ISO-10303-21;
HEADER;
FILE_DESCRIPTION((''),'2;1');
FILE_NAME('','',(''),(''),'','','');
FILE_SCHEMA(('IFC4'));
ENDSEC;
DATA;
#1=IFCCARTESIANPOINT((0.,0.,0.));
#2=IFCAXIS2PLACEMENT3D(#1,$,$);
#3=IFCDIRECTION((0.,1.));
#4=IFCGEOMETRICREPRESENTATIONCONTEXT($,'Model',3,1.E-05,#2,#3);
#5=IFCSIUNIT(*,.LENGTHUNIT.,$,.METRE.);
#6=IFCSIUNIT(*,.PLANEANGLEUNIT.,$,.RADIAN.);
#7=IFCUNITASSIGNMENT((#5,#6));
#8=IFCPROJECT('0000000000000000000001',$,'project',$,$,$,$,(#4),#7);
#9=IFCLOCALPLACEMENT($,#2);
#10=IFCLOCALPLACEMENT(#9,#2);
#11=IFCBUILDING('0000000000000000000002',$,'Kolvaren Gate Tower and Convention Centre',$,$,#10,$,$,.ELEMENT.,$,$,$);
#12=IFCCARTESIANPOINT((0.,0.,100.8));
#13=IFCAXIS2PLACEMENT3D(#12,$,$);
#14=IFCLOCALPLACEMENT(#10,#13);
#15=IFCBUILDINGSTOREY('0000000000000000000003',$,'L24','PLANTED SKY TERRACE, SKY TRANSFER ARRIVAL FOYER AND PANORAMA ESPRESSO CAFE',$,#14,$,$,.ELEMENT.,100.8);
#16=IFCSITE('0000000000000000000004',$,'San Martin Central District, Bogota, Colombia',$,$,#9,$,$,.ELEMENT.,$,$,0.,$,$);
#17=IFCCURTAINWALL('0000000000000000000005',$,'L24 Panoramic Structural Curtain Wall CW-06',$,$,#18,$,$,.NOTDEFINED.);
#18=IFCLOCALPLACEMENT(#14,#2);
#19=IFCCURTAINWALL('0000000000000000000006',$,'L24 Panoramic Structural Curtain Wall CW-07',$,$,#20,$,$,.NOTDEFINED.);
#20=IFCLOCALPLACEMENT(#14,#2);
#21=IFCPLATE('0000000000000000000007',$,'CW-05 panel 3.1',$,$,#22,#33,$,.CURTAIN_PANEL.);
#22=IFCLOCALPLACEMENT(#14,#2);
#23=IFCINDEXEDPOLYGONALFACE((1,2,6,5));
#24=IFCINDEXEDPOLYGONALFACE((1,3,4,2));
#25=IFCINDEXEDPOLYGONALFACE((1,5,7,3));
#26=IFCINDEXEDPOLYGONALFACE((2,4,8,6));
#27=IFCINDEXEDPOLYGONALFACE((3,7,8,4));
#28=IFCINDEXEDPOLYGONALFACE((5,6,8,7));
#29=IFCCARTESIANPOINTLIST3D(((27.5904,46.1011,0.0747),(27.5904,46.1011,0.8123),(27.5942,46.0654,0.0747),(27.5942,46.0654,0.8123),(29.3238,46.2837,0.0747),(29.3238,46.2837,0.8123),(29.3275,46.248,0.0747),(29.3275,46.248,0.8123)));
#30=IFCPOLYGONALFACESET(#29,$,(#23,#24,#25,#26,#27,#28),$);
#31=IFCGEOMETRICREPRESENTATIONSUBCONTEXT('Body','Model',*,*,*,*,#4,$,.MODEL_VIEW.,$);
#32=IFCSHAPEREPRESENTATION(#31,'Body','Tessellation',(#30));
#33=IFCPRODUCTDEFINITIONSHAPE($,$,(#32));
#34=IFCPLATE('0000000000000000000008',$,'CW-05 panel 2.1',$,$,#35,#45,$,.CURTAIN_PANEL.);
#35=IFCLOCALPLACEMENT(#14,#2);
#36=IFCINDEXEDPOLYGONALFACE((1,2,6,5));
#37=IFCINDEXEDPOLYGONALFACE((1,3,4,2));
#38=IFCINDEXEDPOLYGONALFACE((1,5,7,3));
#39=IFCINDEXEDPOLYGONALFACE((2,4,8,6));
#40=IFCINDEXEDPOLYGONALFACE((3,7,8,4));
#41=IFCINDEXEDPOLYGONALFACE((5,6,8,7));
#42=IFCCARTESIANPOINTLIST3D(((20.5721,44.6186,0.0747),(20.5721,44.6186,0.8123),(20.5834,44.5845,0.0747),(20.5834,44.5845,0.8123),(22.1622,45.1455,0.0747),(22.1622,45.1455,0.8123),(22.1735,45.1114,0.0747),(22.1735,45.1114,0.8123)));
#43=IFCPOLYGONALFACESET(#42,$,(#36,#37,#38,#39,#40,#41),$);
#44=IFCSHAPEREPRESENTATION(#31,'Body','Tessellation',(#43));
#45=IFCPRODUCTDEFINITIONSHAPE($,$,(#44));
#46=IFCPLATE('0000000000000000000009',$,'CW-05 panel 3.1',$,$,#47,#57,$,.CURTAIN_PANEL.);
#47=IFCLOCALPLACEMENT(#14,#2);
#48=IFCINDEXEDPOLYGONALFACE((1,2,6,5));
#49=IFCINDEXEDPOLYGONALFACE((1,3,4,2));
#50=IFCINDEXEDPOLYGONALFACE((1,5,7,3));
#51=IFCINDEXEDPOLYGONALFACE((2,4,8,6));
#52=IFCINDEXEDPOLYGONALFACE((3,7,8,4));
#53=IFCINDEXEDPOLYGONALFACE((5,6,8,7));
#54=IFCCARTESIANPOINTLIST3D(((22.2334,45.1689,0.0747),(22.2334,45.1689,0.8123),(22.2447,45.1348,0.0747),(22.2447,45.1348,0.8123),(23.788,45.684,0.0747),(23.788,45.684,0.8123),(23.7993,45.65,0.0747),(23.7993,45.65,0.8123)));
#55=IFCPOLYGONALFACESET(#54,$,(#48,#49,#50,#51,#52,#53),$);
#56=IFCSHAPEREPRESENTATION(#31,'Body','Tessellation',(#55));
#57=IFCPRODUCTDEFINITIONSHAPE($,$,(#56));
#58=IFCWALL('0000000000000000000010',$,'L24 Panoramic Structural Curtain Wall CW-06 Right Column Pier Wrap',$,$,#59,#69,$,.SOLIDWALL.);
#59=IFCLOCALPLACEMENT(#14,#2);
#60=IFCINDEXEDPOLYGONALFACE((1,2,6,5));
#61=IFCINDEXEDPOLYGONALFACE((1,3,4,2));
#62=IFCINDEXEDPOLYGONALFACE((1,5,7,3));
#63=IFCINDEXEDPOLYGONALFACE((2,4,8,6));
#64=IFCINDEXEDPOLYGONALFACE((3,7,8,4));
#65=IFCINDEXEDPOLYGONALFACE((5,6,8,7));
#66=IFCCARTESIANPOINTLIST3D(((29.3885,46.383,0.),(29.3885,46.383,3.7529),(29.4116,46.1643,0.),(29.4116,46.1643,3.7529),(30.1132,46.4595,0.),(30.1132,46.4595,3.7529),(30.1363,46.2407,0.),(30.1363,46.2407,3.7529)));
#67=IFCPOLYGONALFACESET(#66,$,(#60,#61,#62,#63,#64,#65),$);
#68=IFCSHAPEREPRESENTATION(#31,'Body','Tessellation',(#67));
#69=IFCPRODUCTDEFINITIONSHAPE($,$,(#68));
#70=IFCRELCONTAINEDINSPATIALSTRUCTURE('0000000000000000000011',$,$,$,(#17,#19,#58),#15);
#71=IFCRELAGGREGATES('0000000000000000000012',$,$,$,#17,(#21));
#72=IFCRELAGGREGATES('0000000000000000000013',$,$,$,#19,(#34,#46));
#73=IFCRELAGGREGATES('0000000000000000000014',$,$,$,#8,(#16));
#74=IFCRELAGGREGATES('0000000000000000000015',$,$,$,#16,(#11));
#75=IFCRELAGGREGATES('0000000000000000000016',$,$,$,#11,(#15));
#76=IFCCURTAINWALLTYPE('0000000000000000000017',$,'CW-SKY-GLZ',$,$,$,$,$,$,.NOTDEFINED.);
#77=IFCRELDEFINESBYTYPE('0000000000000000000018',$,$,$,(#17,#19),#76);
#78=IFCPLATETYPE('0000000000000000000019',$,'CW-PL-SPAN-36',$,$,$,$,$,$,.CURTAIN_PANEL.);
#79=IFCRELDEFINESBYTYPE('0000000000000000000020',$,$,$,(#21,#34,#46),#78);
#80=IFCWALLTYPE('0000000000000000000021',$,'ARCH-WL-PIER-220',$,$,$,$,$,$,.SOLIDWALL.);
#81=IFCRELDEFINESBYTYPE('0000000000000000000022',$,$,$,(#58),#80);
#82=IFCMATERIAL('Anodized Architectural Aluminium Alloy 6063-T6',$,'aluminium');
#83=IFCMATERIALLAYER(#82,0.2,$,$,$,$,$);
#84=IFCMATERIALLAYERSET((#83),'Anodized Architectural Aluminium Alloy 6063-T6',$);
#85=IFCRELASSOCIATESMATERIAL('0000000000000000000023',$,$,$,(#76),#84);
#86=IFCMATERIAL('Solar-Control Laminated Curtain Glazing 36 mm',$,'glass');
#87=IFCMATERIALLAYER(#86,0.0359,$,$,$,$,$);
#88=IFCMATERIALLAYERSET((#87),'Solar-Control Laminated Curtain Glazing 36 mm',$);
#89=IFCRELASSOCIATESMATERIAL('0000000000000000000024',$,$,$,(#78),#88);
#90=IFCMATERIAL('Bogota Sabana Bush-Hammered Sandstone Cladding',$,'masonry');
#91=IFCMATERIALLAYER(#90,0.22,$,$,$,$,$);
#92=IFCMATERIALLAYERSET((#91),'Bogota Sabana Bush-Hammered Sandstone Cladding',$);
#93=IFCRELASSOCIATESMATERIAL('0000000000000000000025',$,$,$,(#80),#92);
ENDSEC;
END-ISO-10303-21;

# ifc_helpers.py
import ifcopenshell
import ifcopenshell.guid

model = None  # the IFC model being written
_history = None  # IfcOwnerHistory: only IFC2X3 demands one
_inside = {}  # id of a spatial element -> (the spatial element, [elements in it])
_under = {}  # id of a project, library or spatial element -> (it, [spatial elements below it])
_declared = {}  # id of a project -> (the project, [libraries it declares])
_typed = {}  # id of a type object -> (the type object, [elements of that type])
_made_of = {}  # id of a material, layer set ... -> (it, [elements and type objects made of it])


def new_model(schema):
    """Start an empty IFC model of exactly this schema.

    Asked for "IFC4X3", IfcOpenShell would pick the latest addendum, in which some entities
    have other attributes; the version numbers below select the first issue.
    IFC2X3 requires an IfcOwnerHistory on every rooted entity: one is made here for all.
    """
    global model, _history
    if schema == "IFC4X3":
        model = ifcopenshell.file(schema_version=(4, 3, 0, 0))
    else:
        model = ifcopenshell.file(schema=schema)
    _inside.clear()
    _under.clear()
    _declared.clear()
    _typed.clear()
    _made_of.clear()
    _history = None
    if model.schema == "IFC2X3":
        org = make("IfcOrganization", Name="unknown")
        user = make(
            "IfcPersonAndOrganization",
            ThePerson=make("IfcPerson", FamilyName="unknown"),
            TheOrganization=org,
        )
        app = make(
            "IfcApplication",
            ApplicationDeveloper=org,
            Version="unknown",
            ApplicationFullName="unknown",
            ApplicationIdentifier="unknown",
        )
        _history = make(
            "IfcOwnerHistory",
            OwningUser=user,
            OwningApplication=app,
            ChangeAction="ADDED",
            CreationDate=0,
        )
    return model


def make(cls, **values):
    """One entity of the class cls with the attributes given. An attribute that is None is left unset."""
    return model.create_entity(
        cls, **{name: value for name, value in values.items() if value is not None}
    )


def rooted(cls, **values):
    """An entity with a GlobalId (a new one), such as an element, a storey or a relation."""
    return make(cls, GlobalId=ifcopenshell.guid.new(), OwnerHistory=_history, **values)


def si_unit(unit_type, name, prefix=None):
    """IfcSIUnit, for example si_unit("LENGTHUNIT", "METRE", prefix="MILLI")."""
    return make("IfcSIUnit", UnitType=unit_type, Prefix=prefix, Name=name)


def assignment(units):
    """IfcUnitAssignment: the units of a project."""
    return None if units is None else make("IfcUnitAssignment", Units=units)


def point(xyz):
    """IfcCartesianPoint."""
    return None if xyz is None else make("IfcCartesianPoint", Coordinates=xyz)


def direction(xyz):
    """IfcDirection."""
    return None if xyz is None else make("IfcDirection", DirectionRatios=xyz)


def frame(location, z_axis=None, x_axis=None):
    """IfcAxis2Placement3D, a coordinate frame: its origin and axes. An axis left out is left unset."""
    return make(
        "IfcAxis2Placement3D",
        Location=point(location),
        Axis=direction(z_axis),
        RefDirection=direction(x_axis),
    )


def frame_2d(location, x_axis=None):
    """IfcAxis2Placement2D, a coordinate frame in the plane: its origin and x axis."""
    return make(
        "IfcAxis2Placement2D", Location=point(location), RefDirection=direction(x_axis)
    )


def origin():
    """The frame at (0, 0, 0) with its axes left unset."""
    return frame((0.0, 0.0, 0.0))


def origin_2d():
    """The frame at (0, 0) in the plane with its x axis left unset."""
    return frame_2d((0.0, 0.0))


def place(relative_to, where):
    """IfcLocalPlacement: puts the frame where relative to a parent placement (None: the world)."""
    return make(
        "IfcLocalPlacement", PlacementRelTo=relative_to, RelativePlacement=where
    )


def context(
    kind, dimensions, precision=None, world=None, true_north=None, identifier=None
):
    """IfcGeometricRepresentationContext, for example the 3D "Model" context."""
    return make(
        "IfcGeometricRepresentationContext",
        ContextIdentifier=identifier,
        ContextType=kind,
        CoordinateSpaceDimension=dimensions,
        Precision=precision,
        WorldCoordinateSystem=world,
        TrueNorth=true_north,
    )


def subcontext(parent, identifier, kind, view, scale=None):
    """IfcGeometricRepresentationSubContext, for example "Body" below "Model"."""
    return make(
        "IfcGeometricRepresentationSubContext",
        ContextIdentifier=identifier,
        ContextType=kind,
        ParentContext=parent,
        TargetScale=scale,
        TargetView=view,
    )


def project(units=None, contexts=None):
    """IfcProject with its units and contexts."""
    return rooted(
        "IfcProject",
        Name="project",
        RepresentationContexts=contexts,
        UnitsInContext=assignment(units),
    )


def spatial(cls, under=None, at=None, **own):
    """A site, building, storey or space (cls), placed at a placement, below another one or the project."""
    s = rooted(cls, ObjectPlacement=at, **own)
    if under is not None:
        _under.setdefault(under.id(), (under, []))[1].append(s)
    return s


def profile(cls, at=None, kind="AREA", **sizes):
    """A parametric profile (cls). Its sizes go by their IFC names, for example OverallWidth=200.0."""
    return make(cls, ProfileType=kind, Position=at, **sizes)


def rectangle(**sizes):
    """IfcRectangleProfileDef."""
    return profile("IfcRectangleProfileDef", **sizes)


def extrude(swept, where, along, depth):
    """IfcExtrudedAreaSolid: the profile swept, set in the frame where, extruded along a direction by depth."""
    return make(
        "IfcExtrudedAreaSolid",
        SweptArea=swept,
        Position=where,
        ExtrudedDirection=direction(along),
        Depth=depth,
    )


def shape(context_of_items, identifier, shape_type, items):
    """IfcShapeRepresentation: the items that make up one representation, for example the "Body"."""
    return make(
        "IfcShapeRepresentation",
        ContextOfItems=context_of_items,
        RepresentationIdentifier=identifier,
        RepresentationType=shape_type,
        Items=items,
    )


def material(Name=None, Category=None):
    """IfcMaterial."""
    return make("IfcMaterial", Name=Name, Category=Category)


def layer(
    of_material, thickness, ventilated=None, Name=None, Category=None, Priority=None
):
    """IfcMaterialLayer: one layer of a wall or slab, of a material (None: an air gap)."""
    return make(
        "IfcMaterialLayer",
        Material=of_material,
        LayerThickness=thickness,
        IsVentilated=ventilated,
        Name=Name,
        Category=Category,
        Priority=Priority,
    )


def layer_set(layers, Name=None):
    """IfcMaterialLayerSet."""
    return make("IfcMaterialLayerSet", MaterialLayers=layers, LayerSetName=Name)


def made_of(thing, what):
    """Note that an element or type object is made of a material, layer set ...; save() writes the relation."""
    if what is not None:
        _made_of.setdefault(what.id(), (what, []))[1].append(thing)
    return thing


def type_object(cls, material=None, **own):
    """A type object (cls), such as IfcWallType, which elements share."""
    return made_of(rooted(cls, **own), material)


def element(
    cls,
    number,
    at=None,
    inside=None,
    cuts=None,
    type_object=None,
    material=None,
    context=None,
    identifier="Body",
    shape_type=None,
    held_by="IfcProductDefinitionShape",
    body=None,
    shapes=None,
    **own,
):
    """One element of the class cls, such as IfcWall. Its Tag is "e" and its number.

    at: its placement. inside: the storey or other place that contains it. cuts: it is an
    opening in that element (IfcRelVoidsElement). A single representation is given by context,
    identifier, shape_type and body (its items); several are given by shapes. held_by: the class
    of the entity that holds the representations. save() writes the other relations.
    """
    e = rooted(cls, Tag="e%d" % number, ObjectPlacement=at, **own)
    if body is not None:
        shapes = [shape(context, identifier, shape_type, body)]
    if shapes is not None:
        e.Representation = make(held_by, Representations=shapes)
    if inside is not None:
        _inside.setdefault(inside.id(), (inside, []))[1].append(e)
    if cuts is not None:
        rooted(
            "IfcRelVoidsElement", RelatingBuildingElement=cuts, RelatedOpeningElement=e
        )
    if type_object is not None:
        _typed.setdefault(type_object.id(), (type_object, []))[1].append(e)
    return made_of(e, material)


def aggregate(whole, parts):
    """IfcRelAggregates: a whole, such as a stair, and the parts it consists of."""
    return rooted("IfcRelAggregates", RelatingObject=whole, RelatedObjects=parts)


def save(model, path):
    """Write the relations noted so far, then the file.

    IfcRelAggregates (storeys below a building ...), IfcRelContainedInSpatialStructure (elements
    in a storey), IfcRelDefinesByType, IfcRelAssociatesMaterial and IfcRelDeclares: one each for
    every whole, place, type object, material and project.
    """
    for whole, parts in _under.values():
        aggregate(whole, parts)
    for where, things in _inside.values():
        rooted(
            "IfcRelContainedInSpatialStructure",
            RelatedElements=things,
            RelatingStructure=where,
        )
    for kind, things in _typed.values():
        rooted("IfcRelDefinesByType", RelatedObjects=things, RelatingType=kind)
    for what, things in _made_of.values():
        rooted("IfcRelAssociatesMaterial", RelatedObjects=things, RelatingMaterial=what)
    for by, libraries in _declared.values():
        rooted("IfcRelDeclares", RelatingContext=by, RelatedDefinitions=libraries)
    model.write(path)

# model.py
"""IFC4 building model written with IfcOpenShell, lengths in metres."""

from ifc_helpers import new_model, si_unit, direction, frame, frame_2d, origin, origin_2d, place, context, subcontext, project, spatial, rectangle, extrude, material, layer, layer_set, type_object, element, aggregate, save


model = new_model("IFC4")

# Units and contexts
model_context = context("Model", 3, precision=1e-05, world=origin(), true_north=direction((0.0, 1.0)))
body_context = subcontext(model_context, "Body", "Model", "MODEL_VIEW")
ifc_project = project(units=[si_unit("LENGTHUNIT", "METRE"), si_unit("PLANEANGLEUNIT", "RADIAN")], contexts=[model_context])

# Site, building, storey
site_placement = place(None, origin())
site = spatial("IfcSite", under=ifc_project, at=site_placement, Name="San Martin Central District, Bogota, Colombia", CompositionType="ELEMENT", RefElevation=0.0)
building_placement = place(site_placement, origin())
building = spatial("IfcBuilding", under=site, at=building_placement, Name="Kolvaren Gate Tower and Convention Centre", CompositionType="ELEMENT")
storey_placement = place(building_placement, frame((0.0, 0.0, 100.8)))
storey = spatial("IfcBuildingStorey", under=building, at=storey_placement, Name="L24", Description="PLANTED SKY TERRACE, SKY TRANSFER ARRIVAL FOYER AND PANORAMA ESPRESSO CAFE", CompositionType="ELEMENT", Elevation=100.8)

# Curtain walls
ifc_material_1 = material(Name="Anodized Architectural Aluminium Alloy 6063-T6", Category="aluminium")
ifc_layer_1 = layer(ifc_material_1, 0.2)
ifc_layer_set_1 = layer_set([ifc_layer_1], Name="Anodized Architectural Aluminium Alloy 6063-T6")
curtain_wall_type = type_object("IfcCurtainWallType", Name="CW-SKY-GLZ", PredefinedType="NOTDEFINED", material=ifc_layer_set_1)
curtain_wall_1_placement = place(storey_placement, origin())
curtain_wall_1 = element("IfcCurtainWall", 1, at=curtain_wall_1_placement, inside=storey, type_object=curtain_wall_type, Name="L24 Panoramic Structural Curtain Wall CW-06", PredefinedType="NOTDEFINED")
curtain_wall_2_placement = place(storey_placement, origin())
curtain_wall_2 = element("IfcCurtainWall", 2, at=curtain_wall_2_placement, inside=storey, type_object=curtain_wall_type, Name="L24 Panoramic Structural Curtain Wall CW-07", PredefinedType="NOTDEFINED")

# Plates
ifc_material_2 = material(Name="Solar-Control Laminated Curtain Glazing 36 mm", Category="glass")
ifc_layer_2 = layer(ifc_material_2, 0.0359)
ifc_layer_set_2 = layer_set([ifc_layer_2], Name="Solar-Control Laminated Curtain Glazing 36 mm")
plate_type_1 = type_object("IfcPlateType", Name="CW-PL-SPAN-36", PredefinedType="CURTAIN_PANEL", material=ifc_layer_set_2)
plate_1_placement = place(storey_placement, frame((28.459, 46.1746, 0.0747), z_axis=(0.0, 0.0, 1.0), x_axis=(0.994499, 0.104743, 0.0)))
plate_1 = element("IfcPlate", 3, at=plate_1_placement, type_object=plate_type_1, Name="CW-05 panel 3.1", PredefinedType="CURTAIN_PANEL", context=body_context, shape_type="SweptSolid", body=[
    extrude(rectangle(XDim=1.7429, YDim=0.0359, at=origin_2d()), origin(), (0.0, 0.0, 1.0), 0.7375),
])
aggregate(curtain_wall_1, [plate_1])
plate_2_placement = place(storey_placement, frame((21.3728, 44.865, 0.0747), z_axis=(0.0, 0.0, 1.0), x_axis=(0.949236, 0.314565, 0.0)))
plate_2 = element("IfcPlate", 4, at=plate_2_placement, type_object=plate_type_1, Name="CW-05 panel 2.1", PredefinedType="CURTAIN_PANEL", context=body_context, shape_type="SweptSolid", body=[
    extrude(rectangle(XDim=1.675, YDim=0.0359, at=origin_2d()), origin(), (0.0, 0.0, 1.0), 0.7375),
])
plate_3_placement = place(storey_placement, frame((23.0164, 45.4094, 0.0747), z_axis=(0.0, 0.0, 1.0), x_axis=(0.949236, 0.314565, 0.0)))
plate_3 = element("IfcPlate", 5, at=plate_3_placement, type_object=plate_type_1, Name="CW-05 panel 3.1", PredefinedType="CURTAIN_PANEL", context=body_context, shape_type="SweptSolid", body=[
    extrude(rectangle(XDim=1.6377, YDim=0.0359, at=origin_2d()), origin(), (0.0, 0.0, 1.0), 0.7375),
])
aggregate(curtain_wall_2, [plate_2, plate_3])

# Wall
ifc_material_3 = material(Name="Bogota Sabana Bush-Hammered Sandstone Cladding", Category="masonry")
ifc_layer_3 = layer(ifc_material_3, 0.22)
ifc_layer_set_3 = layer_set([ifc_layer_3], Name="Bogota Sabana Bush-Hammered Sandstone Cladding")
wall_type = type_object("IfcWallType", Name="ARCH-WL-PIER-220", PredefinedType="SOLIDWALL", material=ifc_layer_set_3)
wall_placement = place(storey_placement, frame((29.4001, 46.2737, 0.0), z_axis=(0.0, 0.0, 1.0), x_axis=(0.994489, 0.104842, 0.0)))
element("IfcWall", 6, at=wall_placement, inside=storey, type_object=wall_type, Name="L24 Panoramic Structural Curtain Wall CW-06 Right Column Pier Wrap", PredefinedType="SOLIDWALL", context=body_context, shape_type="SweptSolid", body=[
    extrude(rectangle(XDim=0.7288, YDim=0.22, at=frame_2d((0.3643, 0.0))), origin(), (0.0, 0.0, 1.0), 3.7529),
])

save(model, "model.ifc")
